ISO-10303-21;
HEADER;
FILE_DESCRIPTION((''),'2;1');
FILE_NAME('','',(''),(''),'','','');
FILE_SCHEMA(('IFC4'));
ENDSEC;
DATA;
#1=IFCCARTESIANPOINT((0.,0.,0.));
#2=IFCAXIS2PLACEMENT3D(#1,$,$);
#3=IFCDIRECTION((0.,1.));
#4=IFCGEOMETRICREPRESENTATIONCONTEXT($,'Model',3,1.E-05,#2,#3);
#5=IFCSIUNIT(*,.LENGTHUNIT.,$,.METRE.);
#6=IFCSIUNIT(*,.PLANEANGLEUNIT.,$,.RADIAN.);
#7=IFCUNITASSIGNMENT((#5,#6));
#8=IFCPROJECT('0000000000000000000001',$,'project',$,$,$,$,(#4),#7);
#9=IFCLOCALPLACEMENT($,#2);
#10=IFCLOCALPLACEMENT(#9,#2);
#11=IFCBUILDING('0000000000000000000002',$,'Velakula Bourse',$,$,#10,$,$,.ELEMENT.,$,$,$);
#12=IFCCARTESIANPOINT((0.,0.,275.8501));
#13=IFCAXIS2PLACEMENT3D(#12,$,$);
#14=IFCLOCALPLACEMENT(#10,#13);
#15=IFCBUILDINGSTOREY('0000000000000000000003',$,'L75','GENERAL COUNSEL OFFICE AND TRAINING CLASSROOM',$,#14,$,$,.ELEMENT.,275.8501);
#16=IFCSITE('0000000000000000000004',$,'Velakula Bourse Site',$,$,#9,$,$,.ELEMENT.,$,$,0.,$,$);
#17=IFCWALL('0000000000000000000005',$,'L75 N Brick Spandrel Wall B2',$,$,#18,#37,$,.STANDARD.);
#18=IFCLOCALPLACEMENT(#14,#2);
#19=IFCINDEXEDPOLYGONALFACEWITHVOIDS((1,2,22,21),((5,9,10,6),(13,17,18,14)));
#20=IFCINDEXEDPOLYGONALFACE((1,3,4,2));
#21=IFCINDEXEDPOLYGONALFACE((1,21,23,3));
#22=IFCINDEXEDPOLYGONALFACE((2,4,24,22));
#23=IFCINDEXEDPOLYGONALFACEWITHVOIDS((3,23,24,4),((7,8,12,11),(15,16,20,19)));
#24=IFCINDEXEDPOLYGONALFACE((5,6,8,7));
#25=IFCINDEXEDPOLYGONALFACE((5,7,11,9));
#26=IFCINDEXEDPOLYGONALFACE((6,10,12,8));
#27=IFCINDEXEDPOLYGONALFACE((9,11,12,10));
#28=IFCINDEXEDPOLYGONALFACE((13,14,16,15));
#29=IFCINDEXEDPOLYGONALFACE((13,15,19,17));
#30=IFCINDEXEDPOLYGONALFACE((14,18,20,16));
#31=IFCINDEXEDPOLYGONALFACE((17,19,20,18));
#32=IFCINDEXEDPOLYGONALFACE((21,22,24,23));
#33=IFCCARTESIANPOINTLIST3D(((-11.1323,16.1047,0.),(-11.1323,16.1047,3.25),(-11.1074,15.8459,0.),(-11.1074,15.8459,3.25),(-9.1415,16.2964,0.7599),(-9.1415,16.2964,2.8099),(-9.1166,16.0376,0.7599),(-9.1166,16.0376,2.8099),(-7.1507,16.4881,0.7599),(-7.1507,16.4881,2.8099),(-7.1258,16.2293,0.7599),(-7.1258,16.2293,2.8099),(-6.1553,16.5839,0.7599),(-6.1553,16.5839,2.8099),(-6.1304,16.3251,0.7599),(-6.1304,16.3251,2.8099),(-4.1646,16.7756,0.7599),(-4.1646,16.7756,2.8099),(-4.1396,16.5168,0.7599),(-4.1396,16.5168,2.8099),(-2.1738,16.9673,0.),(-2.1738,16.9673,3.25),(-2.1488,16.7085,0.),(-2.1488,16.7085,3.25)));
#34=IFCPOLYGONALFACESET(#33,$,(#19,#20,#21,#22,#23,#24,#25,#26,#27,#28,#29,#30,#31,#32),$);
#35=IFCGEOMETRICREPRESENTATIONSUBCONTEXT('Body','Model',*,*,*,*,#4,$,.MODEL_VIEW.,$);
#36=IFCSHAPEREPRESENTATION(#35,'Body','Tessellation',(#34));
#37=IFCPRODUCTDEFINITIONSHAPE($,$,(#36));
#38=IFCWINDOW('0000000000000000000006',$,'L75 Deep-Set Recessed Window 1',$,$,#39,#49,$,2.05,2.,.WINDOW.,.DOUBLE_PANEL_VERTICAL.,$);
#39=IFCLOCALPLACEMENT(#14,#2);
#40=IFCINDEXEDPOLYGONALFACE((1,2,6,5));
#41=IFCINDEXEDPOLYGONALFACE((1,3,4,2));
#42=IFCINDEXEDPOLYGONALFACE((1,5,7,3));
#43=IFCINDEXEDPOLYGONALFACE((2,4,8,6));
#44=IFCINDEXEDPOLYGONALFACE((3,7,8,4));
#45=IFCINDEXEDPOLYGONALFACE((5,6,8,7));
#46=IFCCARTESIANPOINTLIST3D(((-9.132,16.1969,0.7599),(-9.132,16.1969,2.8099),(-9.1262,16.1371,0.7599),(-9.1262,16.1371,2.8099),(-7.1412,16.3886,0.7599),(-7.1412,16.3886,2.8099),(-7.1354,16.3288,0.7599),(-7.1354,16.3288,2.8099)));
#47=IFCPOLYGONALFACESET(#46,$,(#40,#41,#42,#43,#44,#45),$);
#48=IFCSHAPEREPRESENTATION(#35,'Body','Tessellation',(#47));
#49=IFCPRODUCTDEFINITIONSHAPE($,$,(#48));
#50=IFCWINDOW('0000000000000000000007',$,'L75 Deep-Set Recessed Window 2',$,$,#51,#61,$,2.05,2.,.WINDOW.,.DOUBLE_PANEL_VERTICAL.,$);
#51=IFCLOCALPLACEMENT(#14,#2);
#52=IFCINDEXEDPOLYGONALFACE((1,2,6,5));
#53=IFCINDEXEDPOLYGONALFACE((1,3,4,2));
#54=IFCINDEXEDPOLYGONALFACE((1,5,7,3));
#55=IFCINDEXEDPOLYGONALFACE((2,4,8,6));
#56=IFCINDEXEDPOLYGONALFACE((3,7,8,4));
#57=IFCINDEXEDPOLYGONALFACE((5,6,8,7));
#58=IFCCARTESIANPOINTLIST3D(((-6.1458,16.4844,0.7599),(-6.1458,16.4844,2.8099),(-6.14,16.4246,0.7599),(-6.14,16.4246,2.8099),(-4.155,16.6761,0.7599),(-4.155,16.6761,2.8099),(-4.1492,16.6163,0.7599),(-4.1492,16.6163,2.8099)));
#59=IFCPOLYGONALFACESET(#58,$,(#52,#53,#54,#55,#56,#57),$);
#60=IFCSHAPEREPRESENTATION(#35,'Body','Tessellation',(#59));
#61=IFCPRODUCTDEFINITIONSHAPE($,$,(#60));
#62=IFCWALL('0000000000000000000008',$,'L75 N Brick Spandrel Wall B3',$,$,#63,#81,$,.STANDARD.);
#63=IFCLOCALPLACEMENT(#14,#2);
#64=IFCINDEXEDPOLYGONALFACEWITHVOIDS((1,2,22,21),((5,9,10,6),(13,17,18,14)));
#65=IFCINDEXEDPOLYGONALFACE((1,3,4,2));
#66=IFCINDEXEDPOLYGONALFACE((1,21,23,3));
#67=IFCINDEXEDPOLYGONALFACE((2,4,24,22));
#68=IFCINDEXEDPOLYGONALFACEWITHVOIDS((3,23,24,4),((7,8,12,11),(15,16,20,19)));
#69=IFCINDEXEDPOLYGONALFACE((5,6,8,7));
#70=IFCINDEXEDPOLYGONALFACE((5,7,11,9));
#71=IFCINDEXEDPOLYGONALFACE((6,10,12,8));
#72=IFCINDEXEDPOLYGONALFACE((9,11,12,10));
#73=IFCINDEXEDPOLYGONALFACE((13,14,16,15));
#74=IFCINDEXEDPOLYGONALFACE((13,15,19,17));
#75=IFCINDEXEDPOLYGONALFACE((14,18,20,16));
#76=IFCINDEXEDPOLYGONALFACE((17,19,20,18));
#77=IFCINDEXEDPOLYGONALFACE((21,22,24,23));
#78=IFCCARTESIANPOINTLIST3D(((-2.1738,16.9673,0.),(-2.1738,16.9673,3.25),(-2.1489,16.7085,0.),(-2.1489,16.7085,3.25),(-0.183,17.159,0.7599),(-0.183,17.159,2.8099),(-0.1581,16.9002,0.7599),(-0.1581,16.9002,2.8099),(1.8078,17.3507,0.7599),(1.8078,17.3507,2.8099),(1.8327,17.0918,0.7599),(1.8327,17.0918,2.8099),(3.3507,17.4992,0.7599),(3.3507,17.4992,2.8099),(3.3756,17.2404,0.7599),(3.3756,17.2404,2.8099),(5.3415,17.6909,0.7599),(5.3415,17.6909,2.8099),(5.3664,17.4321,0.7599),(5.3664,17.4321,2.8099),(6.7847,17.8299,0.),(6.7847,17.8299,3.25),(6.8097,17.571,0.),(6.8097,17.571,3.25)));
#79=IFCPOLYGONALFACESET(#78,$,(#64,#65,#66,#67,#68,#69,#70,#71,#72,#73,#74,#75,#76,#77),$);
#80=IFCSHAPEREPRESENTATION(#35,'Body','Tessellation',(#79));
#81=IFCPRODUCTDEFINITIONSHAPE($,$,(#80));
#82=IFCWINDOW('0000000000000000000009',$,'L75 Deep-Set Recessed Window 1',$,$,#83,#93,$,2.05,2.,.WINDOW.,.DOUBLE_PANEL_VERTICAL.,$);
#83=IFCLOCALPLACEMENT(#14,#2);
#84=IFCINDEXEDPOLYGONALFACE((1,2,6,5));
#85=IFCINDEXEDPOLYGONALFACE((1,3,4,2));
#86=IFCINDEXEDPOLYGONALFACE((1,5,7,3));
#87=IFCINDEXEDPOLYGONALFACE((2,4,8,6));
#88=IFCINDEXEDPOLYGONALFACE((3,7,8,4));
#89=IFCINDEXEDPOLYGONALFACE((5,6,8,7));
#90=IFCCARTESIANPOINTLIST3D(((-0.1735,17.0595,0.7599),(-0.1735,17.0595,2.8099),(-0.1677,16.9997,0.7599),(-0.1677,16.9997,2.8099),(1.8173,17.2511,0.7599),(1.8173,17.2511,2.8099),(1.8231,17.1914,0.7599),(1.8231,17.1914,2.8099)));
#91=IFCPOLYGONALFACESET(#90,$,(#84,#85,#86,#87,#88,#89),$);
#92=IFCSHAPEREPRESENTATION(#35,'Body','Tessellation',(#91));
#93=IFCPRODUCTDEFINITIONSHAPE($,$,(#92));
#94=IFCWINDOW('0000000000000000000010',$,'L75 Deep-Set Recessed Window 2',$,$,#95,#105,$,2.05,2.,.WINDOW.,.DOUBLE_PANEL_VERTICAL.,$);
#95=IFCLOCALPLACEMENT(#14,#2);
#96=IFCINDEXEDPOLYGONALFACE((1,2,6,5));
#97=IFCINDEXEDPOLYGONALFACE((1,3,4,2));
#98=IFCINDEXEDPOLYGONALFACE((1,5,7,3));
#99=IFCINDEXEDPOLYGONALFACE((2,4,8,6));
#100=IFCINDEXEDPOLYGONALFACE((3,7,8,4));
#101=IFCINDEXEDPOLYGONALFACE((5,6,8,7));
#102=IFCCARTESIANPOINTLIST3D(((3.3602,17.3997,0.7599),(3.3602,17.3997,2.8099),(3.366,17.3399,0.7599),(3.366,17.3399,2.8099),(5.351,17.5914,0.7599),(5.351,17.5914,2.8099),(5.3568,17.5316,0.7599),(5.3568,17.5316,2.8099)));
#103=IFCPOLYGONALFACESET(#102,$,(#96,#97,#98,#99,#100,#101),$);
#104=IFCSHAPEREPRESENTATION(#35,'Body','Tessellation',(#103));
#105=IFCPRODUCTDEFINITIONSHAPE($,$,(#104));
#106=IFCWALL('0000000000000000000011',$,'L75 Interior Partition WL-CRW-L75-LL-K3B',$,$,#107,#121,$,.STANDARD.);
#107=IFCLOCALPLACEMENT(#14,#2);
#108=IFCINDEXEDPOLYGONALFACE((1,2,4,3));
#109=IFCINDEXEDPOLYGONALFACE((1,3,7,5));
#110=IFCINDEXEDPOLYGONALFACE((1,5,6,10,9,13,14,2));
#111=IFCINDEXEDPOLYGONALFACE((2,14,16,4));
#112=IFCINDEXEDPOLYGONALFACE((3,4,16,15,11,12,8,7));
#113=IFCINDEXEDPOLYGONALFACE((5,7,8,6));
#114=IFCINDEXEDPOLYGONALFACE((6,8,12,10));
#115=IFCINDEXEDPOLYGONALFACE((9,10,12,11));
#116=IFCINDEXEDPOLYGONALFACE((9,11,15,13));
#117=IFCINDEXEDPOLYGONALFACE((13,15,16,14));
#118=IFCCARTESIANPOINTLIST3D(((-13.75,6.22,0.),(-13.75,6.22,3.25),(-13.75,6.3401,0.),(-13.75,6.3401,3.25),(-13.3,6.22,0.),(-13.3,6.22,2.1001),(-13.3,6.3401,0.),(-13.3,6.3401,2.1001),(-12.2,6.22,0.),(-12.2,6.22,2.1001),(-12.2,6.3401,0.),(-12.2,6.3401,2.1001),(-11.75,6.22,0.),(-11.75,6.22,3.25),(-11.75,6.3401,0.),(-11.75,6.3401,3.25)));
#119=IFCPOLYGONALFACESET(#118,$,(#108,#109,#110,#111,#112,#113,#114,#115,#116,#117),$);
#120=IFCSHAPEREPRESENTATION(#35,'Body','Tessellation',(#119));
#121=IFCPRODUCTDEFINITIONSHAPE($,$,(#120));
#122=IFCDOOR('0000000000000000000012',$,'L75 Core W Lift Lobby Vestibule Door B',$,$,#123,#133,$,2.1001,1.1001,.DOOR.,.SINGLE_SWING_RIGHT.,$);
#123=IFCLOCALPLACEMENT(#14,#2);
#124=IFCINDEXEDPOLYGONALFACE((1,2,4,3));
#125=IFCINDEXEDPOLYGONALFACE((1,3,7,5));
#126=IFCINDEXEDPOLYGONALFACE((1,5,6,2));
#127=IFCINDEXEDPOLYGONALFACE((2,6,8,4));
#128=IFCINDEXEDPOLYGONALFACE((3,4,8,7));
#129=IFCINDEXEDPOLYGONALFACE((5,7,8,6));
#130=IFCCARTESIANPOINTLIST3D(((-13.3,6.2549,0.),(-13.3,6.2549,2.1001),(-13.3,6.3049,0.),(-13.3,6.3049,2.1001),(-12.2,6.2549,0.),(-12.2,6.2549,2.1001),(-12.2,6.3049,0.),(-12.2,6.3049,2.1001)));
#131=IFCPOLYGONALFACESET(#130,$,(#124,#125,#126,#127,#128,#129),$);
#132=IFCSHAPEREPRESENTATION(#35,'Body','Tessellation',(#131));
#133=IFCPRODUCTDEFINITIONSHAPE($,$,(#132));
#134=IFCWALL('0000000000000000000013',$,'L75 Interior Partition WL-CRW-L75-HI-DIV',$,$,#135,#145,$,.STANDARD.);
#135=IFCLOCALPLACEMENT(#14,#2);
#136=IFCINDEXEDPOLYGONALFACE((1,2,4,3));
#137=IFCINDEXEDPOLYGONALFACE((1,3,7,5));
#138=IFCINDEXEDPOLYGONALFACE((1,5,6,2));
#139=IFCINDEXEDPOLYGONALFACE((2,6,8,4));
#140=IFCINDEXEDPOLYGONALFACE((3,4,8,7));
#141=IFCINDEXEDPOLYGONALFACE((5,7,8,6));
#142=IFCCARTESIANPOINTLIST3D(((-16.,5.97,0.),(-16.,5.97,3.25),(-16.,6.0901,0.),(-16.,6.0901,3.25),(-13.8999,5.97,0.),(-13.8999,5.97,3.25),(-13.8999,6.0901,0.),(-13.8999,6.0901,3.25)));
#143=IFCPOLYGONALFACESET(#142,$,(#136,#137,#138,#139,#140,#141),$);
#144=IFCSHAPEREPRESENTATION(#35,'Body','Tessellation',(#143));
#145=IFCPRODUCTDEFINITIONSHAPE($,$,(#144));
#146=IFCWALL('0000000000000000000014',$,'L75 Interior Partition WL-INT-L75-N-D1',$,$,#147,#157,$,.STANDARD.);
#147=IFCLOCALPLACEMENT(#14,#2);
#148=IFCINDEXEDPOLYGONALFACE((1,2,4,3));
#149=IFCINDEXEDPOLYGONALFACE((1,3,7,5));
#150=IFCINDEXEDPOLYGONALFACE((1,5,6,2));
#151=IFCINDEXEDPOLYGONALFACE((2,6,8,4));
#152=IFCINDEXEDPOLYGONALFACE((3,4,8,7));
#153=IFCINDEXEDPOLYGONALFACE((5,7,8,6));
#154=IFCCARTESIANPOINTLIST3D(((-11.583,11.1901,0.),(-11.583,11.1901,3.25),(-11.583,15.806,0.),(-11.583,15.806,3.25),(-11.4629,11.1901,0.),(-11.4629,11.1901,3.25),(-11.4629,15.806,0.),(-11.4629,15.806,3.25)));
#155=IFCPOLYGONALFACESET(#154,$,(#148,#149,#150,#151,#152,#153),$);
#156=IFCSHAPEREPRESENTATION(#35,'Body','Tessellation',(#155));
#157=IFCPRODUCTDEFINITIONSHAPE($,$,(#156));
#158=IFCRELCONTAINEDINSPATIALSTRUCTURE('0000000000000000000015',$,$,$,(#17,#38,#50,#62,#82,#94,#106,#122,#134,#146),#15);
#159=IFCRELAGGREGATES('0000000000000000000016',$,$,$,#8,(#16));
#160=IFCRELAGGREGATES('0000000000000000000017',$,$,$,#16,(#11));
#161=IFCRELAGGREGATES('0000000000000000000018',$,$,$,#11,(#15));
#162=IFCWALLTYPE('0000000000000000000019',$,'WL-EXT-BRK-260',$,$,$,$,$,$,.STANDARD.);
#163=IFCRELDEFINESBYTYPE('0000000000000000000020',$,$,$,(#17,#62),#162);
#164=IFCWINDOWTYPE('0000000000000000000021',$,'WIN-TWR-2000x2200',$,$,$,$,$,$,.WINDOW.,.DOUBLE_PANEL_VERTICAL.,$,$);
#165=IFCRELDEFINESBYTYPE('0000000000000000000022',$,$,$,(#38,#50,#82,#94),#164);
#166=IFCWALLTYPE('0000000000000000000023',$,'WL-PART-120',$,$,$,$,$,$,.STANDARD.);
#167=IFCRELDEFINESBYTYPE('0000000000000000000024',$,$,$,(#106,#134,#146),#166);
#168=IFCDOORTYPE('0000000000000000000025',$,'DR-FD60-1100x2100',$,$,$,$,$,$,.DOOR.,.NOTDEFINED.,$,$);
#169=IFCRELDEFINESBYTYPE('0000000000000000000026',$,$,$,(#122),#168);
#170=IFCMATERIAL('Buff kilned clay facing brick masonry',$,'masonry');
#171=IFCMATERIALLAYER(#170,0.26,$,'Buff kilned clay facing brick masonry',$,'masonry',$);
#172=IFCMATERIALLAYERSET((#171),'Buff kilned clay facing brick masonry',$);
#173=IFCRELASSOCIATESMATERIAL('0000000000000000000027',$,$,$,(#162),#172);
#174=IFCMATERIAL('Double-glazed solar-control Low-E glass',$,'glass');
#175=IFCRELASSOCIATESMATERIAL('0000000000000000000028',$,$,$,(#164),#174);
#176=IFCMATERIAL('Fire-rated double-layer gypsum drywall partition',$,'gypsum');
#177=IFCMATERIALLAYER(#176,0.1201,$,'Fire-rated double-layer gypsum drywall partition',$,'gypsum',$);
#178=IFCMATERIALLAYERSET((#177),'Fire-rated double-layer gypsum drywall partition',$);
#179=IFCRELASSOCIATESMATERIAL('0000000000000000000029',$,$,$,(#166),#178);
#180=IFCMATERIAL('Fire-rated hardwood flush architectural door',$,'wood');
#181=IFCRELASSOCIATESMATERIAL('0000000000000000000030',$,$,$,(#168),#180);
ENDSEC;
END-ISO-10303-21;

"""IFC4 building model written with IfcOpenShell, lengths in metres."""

from ifc_helpers import new_model, si_unit, direction, frame, frame_2d, origin, place, context, subcontext, project, spatial, rectangle, extrude, material, layer, layer_set, type_object, element, fill, save


model = new_model("IFC4")

# Units and contexts
model_context = context("Model", 3, precision=1e-05, world=origin(), true_north=direction((0.0, 1.0)))
body_context = subcontext(model_context, "Body", "Model", "MODEL_VIEW")
ifc_project = project(units=[si_unit("LENGTHUNIT", "METRE"), si_unit("PLANEANGLEUNIT", "RADIAN")], contexts=[model_context])

# Site, building, storey
site_placement = place(None, origin())
site = spatial("IfcSite", under=ifc_project, at=site_placement, Name="Velakula Bourse Site", CompositionType="ELEMENT", RefElevation=0.0)
building_placement = place(site_placement, origin())
building = spatial("IfcBuilding", under=site, at=building_placement, Name="Velakula Bourse", CompositionType="ELEMENT")
storey_placement = place(building_placement, frame((0.0, 0.0, 275.8501)))
storey = spatial("IfcBuildingStorey", under=building, at=storey_placement, Name="L75", Description="GENERAL COUNSEL OFFICE AND TRAINING CLASSROOM", CompositionType="ELEMENT", Elevation=275.8501)

# Walls, openings, windows
ifc_material_1 = material(Name="Buff kilned clay facing brick masonry", Category="masonry")
ifc_layer_1 = layer(ifc_material_1, 0.26, Name="Buff kilned clay facing brick masonry", Category="masonry")
ifc_layer_set_1 = layer_set([ifc_layer_1], Name="Buff kilned clay facing brick masonry")
wall_type_1 = type_object("IfcWallType", Name="WL-EXT-BRK-260", PredefinedType="STANDARD", material=ifc_layer_set_1)
wall_1_placement = place(storey_placement, frame((-11.1199, 15.9753, 0.0), z_axis=(0.0, 0.0, 1.0), x_axis=(0.995397, 0.09584, 0.0)))
wall_1 = element("IfcWall", 1, at=wall_1_placement, inside=storey, type_object=wall_type_1, Name="L75 N Brick Spandrel Wall B2", PredefinedType="STANDARD", context=body_context, shape_type="SweptSolid", body=[
    extrude(rectangle(XDim=9.0, YDim=0.26, at=frame_2d((4.5, 0.0))), origin(), (0.0, 0.0, 1.0), 3.25),
])
opening_1_placement = place(wall_1_placement, frame((2.0, 0.0, 0.76)))
opening_1 = element("IfcOpeningElement", 2, at=opening_1_placement, cuts=wall_1, PredefinedType="OPENING", context=body_context, shape_type="SweptSolid", body=[
    extrude(rectangle(XDim=2.0, YDim=2.05, at=frame_2d((1.0, 1.0249))), frame((0.0, 0.1399, 0.0), z_axis=(0.0, -1.0, 0.0), x_axis=(1.0, 0.0, 0.0)), (0.0, 0.0, 1.0), 0.28),
])
opening_2_placement = place(wall_1_placement, frame((5.0, 0.0, 0.76)))
opening_2 = element("IfcOpeningElement", 3, at=opening_2_placement, cuts=wall_1, PredefinedType="OPENING", context=body_context, shape_type="SweptSolid", body=[
    extrude(rectangle(XDim=2.0, YDim=2.05, at=frame_2d((1.0, 1.0249))), frame((0.0, 0.1399, 0.0), z_axis=(0.0, -1.0, 0.0), x_axis=(1.0, 0.0, 0.0)), (0.0, 0.0, 1.0), 0.28),
])
ifc_material_2 = material(Name="Double-glazed solar-control Low-E glass", Category="glass")
window_type = type_object("IfcWindowType", Name="WIN-TWR-2000x2200", PartitioningType="DOUBLE_PANEL_VERTICAL", PredefinedType="WINDOW", material=ifc_material_2)
window_1_placement = place(opening_1_placement, origin())
window_1 = element("IfcWindow", 4, at=window_1_placement, inside=storey, type_object=window_type, Name="L75 Deep-Set Recessed Window 1", OverallHeight=2.05, OverallWidth=2.0, PartitioningType="DOUBLE_PANEL_VERTICAL", PredefinedType="WINDOW", context=body_context, shape_type="SweptSolid", body=[
    extrude(rectangle(XDim=2.0, YDim=2.05, at=frame_2d((1.0, 1.0249))), frame((0.0, 0.03, 0.0), z_axis=(0.0, -1.0, 0.0), x_axis=(1.0, 0.0, 0.0)), (0.0, 0.0, 1.0), 0.0601),
])
fill(opening_1, window_1)
window_2_placement = place(opening_2_placement, origin())
window_2 = element("IfcWindow", 5, at=window_2_placement, inside=storey, type_object=window_type, Name="L75 Deep-Set Recessed Window 2", OverallHeight=2.05, OverallWidth=2.0, PartitioningType="DOUBLE_PANEL_VERTICAL", PredefinedType="WINDOW", context=body_context, shape_type="SweptSolid", body=[
    extrude(rectangle(XDim=2.0, YDim=2.05, at=frame_2d((1.0, 1.0249))), frame((0.0, 0.03, 0.0), z_axis=(0.0, -1.0, 0.0), x_axis=(1.0, 0.0, 0.0)), (0.0, 0.0, 1.0), 0.0601),
])
fill(opening_2, window_2)
wall_2_placement = place(storey_placement, frame((-2.1614, 16.8379, 0.0), z_axis=(0.0, 0.0, 1.0), x_axis=(0.995397, 0.09584, 0.0)))
wall_2 = element("IfcWall", 6, at=wall_2_placement, inside=storey, type_object=wall_type_1, Name="L75 N Brick Spandrel Wall B3", PredefinedType="STANDARD", context=body_context, shape_type="SweptSolid", body=[
    extrude(rectangle(XDim=9.0, YDim=0.26, at=frame_2d((4.5, 0.0))), origin(), (0.0, 0.0, 1.0), 3.25),
])
opening_3_placement = place(wall_2_placement, frame((2.0, 0.0, 0.76)))
opening_3 = element("IfcOpeningElement", 7, at=opening_3_placement, cuts=wall_2, PredefinedType="OPENING", context=body_context, shape_type="SweptSolid", body=[
    extrude(rectangle(XDim=2.0, YDim=2.05, at=frame_2d((1.0, 1.0249))), frame((0.0, 0.1399, 0.0), z_axis=(0.0, -1.0, 0.0), x_axis=(1.0, 0.0, 0.0)), (0.0, 0.0, 1.0), 0.28),
])
opening_4_placement = place(wall_2_placement, frame((5.55, 0.0, 0.76)))
opening_4 = element("IfcOpeningElement", 8, at=opening_4_placement, cuts=wall_2, PredefinedType="OPENING", context=body_context, shape_type="SweptSolid", body=[
    extrude(rectangle(XDim=2.0, YDim=2.05, at=frame_2d((1.0, 1.0249))), frame((0.0, 0.1399, 0.0), z_axis=(0.0, -1.0, 0.0), x_axis=(1.0, 0.0, 0.0)), (0.0, 0.0, 1.0), 0.28),
])
window_3_placement = place(opening_3_placement, origin())
window_3 = element("IfcWindow", 9, at=window_3_placement, inside=storey, type_object=window_type, Name="L75 Deep-Set Recessed Window 1", OverallHeight=2.05, OverallWidth=2.0, PartitioningType="DOUBLE_PANEL_VERTICAL", PredefinedType="WINDOW", context=body_context, shape_type="SweptSolid", body=[
    extrude(rectangle(XDim=2.0, YDim=2.05, at=frame_2d((1.0, 1.0249))), frame((0.0, 0.03, 0.0), z_axis=(0.0, -1.0, 0.0), x_axis=(1.0, 0.0, 0.0)), (0.0, 0.0, 1.0), 0.0601),
])
fill(opening_3, window_3)
window_4_placement = place(opening_4_placement, origin())
window_4 = element("IfcWindow", 10, at=window_4_placement, inside=storey, type_object=window_type, Name="L75 Deep-Set Recessed Window 2", OverallHeight=2.05, OverallWidth=2.0, PartitioningType="DOUBLE_PANEL_VERTICAL", PredefinedType="WINDOW", context=body_context, shape_type="SweptSolid", body=[
    extrude(rectangle(XDim=2.0, YDim=2.05, at=frame_2d((1.0, 1.0249))), frame((0.0, 0.03, 0.0), z_axis=(0.0, -1.0, 0.0), x_axis=(1.0, 0.0, 0.0)), (0.0, 0.0, 1.0), 0.0601),
])
fill(opening_4, window_4)

# Wall, opening, door
ifc_material_3 = material(Name="Fire-rated double-layer gypsum drywall partition", Category="gypsum")
ifc_layer_2 = layer(ifc_material_3, 0.1201, Name="Fire-rated double-layer gypsum drywall partition", Category="gypsum")
ifc_layer_set_2 = layer_set([ifc_layer_2], Name="Fire-rated double-layer gypsum drywall partition")
wall_type_2 = type_object("IfcWallType", Name="WL-PART-120", PredefinedType="STANDARD", material=ifc_layer_set_2)
wall_3_placement = place(storey_placement, frame((-13.75, 6.28, 0.0), z_axis=(0.0, 0.0, 1.0), x_axis=(1.0, 0.0, 0.0)))
wall_3 = element("IfcWall", 11, at=wall_3_placement, inside=storey, type_object=wall_type_2, Name="L75 Interior Partition WL-CRW-L75-LL-K3B", PredefinedType="STANDARD", context=body_context, shape_type="SweptSolid", body=[
    extrude(rectangle(XDim=2.0, YDim=0.1201, at=frame_2d((1.0, 0.0))), origin(), (0.0, 0.0, 1.0), 3.25),
])
opening_5_placement = place(wall_3_placement, frame((0.45, 0.0, 0.0)))
opening_5 = element("IfcOpeningElement", 12, at=opening_5_placement, cuts=wall_3, PredefinedType="OPENING", context=body_context, shape_type="SweptSolid", body=[
    extrude(rectangle(XDim=1.1001, YDim=2.1001, at=frame_2d((0.55, 1.05))), frame((0.0, 0.0701, 0.0), z_axis=(0.0, -1.0, 0.0), x_axis=(1.0, 0.0, 0.0)), (0.0, 0.0, 1.0), 0.1401),
])
ifc_material_4 = material(Name="Fire-rated hardwood flush architectural door", Category="wood")
door_type_1 = type_object("IfcDoorType", Name="DR-FD60-1100x2100", OperationType="NOTDEFINED", PredefinedType="DOOR", material=ifc_material_4)
door_1_placement = place(opening_5_placement, origin())
door_1 = element("IfcDoor", 13, at=door_1_placement, inside=storey, type_object=door_type_1, Name="L75 Core W Lift Lobby Vestibule Door B", OperationType="SINGLE_SWING_RIGHT", OverallHeight=2.1001, OverallWidth=1.1001, PredefinedType="DOOR", context=body_context, shape_type="SweptSolid", body=[
    extrude(rectangle(XDim=1.1001, YDim=2.1001, at=frame_2d((0.55, 1.05))), frame((0.0, 0.0249, 0.0), z_axis=(0.0, -1.0, 0.0), x_axis=(1.0, 0.0, 0.0)), (0.0, 0.0, 1.0), 0.05),
])
fill(opening_5, door_1)

# Walls
wall_4_placement = place(storey_placement, frame((-16.0, 6.03, 0.0), z_axis=(0.0, 0.0, 1.0), x_axis=(1.0, 0.0, 0.0)))
element("IfcWall", 14, at=wall_4_placement, inside=storey, type_object=wall_type_2, Name="L75 Interior Partition WL-CRW-L75-HI-DIV", PredefinedType="STANDARD", context=body_context, shape_type="SweptSolid", body=[
    extrude(rectangle(XDim=2.1001, YDim=0.1201, at=frame_2d((1.05, 0.0))), origin(), (0.0, 0.0, 1.0), 3.25),
])
wall_5_placement = place(storey_placement, frame((-11.5229, 11.1899, 0.0), z_axis=(0.0, 0.0, 1.0), x_axis=(0.0, 1.0, 0.0)))
element("IfcWall", 15, at=wall_5_placement, inside=storey, type_object=wall_type_2, Name="L75 Interior Partition WL-INT-L75-N-D1", PredefinedType="STANDARD", context=body_context, shape_type="SweptSolid", body=[
    extrude(rectangle(XDim=4.616, YDim=0.1201, at=frame_2d((2.3081, 0.0))), origin(), (0.0, 0.0, 1.0), 3.25),
])

save(model, "model.ifc")
